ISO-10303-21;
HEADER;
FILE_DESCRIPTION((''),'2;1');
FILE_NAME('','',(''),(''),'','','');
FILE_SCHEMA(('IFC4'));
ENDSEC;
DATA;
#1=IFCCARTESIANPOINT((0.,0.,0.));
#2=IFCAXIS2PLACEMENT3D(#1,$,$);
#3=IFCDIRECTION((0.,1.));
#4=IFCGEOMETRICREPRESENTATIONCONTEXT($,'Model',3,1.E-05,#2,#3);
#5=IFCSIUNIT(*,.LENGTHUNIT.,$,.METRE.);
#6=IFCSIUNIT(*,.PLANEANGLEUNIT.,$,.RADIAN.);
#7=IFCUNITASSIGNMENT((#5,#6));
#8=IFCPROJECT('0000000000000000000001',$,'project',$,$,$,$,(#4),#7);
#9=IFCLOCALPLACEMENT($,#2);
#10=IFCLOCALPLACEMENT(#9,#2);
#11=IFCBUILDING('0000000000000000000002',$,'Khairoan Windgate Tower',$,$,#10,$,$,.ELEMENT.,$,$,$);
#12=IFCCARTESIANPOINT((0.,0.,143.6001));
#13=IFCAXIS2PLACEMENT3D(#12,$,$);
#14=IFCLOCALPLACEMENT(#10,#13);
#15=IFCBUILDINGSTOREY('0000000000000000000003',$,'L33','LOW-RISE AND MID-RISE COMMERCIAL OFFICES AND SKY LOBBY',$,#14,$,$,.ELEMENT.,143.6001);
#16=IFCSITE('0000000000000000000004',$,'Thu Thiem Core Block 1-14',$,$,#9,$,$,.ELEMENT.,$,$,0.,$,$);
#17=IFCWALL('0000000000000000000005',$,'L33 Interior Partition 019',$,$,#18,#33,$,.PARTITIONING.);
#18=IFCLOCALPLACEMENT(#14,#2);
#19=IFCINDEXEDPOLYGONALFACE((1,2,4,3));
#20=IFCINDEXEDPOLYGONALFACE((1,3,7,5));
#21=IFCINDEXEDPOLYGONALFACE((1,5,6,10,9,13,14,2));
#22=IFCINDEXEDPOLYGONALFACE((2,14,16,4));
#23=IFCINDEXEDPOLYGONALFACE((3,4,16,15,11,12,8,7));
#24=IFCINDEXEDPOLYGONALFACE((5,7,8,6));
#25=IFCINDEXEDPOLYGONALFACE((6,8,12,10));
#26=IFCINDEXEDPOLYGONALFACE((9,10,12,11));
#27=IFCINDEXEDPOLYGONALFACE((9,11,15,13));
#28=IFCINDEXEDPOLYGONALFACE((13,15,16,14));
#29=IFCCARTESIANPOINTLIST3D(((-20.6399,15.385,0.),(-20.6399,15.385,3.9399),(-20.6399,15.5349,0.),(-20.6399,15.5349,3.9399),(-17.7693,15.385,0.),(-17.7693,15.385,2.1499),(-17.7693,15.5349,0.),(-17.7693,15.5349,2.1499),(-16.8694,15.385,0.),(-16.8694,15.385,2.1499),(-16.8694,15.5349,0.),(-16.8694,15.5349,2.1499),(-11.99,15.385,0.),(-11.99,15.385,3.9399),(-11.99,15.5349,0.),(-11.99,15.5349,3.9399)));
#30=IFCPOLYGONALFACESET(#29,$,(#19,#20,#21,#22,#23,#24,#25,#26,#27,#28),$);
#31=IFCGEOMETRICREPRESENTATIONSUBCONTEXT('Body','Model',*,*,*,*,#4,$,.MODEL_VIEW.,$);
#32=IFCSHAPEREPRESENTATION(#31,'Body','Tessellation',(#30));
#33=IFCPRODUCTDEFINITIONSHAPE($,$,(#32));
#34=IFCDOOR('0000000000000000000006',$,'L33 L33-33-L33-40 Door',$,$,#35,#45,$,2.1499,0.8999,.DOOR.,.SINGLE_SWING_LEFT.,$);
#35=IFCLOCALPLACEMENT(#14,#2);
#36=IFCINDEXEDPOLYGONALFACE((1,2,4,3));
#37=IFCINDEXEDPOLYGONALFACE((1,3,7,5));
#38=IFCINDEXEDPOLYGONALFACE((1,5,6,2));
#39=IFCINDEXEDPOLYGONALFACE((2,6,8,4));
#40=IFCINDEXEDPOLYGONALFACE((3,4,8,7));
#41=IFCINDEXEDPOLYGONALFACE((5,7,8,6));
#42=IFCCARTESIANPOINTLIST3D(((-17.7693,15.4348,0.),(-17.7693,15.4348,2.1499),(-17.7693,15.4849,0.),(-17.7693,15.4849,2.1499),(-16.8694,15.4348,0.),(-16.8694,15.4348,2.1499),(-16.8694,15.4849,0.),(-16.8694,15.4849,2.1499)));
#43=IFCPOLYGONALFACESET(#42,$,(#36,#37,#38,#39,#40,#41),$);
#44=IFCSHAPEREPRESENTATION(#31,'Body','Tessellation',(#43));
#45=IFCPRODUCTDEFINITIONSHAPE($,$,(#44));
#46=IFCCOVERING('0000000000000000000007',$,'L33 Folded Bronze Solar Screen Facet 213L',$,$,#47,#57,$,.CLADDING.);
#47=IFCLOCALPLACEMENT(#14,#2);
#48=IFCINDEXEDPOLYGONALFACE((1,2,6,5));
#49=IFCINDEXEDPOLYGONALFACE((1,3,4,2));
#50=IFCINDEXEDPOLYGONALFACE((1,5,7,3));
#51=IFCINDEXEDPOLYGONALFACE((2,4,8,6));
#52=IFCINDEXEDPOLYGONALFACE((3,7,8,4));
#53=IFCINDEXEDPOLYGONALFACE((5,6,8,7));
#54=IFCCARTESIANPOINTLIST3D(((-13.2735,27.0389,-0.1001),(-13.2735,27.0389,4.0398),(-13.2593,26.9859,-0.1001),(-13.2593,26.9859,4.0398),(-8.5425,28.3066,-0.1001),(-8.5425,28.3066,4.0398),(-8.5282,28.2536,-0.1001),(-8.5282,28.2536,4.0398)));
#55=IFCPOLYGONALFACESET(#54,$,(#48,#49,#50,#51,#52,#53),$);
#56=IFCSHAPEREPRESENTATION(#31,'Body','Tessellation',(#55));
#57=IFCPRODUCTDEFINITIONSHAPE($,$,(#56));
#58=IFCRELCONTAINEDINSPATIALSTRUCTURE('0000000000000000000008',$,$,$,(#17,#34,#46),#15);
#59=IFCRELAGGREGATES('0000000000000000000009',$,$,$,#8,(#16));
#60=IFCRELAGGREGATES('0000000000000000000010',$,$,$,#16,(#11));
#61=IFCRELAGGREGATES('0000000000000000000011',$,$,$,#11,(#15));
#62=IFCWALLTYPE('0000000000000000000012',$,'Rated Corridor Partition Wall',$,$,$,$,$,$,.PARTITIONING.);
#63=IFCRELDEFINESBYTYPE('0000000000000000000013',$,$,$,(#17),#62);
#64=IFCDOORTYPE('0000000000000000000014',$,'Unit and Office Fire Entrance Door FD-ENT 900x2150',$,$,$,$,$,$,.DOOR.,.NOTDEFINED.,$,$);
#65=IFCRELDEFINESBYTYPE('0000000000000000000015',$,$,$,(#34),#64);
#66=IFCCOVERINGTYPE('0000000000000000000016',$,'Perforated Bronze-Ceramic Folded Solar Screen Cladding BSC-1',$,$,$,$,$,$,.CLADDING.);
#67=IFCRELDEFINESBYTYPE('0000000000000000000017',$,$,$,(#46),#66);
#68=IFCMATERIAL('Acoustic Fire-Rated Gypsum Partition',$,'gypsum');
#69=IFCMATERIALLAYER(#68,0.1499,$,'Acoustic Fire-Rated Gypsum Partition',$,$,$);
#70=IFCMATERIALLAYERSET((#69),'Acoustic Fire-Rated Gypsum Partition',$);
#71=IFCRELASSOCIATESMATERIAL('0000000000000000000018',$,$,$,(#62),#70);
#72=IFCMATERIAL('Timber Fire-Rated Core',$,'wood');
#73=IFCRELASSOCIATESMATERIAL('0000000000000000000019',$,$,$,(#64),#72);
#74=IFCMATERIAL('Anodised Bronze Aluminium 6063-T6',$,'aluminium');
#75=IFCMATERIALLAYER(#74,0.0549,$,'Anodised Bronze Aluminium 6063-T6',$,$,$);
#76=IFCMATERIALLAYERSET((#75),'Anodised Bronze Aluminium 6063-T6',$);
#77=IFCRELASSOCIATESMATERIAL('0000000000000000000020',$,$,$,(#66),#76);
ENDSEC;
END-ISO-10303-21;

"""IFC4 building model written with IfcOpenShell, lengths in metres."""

from ifc_helpers import new_model, si_unit, direction, frame, frame_2d, origin, origin_2d, place, context, subcontext, project, spatial, rectangle, extrude, material, layer, layer_set, type_object, element, fill, save


model = new_model("IFC4")

# Units and contexts
model_context = context("Model", 3, precision=1e-05, world=origin(), true_north=direction((0.0, 1.0)))
body_context = subcontext(model_context, "Body", "Model", "MODEL_VIEW")
ifc_project = project(units=[si_unit("LENGTHUNIT", "METRE"), si_unit("PLANEANGLEUNIT", "RADIAN")], contexts=[model_context])

# Site, building, storey
site_placement = place(None, origin())
site = spatial("IfcSite", under=ifc_project, at=site_placement, Name="Thu Thiem Core Block 1-14", CompositionType="ELEMENT", RefElevation=0.0)
building_placement = place(site_placement, origin())
building = spatial("IfcBuilding", under=site, at=building_placement, Name="Khairoan Windgate Tower", CompositionType="ELEMENT")
storey_placement = place(building_placement, frame((0.0, 0.0, 143.6001)))
storey = spatial("IfcBuildingStorey", under=building, at=storey_placement, Name="L33", Description="LOW-RISE AND MID-RISE COMMERCIAL OFFICES AND SKY LOBBY", CompositionType="ELEMENT", Elevation=143.6001)

# Shared definitions
ifc_material_1 = material(Name="Acoustic Fire-Rated Gypsum Partition", Category="gypsum")
ifc_layer_1 = layer(ifc_material_1, 0.1499, Name="Acoustic Fire-Rated Gypsum Partition")
ifc_layer_set_1 = layer_set([ifc_layer_1], Name="Acoustic Fire-Rated Gypsum Partition")
wall_type_1 = type_object("IfcWallType", Name="Rated Corridor Partition Wall", PredefinedType="PARTITIONING", material=ifc_layer_set_1)

# Wall, opening, door
ifc_material_2 = material(Name="Timber Fire-Rated Core", Category="wood")
door_type_1 = type_object("IfcDoorType", Name="Unit and Office Fire Entrance Door FD-ENT 900x2150", OperationType="NOTDEFINED", PredefinedType="DOOR", material=ifc_material_2)
wall_1_placement = place(storey_placement, frame((-20.6399, 15.46, 0.0), z_axis=(0.0, 0.0, 1.0), x_axis=(1.0, 0.0, 0.0)))
wall_1 = element("IfcWall", 1, at=wall_1_placement, inside=storey, type_object=wall_type_1, Name="L33 Interior Partition 019", PredefinedType="PARTITIONING", context=body_context, shape_type="SweptSolid", body=[
    extrude(rectangle(XDim=8.6499, YDim=0.1499, at=frame_2d((4.325, 0.0))), origin(), (0.0, 0.0, 1.0), 3.9399),
])
opening_1_placement = place(wall_1_placement, frame((2.8706, 0.0, 0.0)))
opening_1 = element("IfcOpeningElement", 2, at=opening_1_placement, cuts=wall_1, PredefinedType="OPENING", context=body_context, shape_type="SweptSolid", body=[
    extrude(rectangle(XDim=0.8999, YDim=2.1499, at=frame_2d((0.45, 1.075))), frame((0.0, 0.085, 0.0), z_axis=(0.0, -1.0, 0.0), x_axis=(1.0, 0.0, 0.0)), (0.0, 0.0, 1.0), 0.1699),
])
door_1_placement = place(opening_1_placement, origin())
door_1 = element("IfcDoor", 3, at=door_1_placement, inside=storey, type_object=door_type_1, Name="L33 L33-33-L33-40 Door", OperationType="SINGLE_SWING_LEFT", OverallHeight=2.1499, OverallWidth=0.8999, PredefinedType="DOOR", context=body_context, shape_type="SweptSolid", body=[
    extrude(rectangle(XDim=0.8999, YDim=2.1499, at=frame_2d((0.45, 1.075))), frame((0.0, 0.0249, 0.0), z_axis=(0.0, -1.0, 0.0), x_axis=(1.0, 0.0, 0.0)), (0.0, 0.0, 1.0), 0.05),
])
fill(opening_1, door_1)

# Covering
ifc_material_3 = material(Name="Anodised Bronze Aluminium 6063-T6", Category="aluminium")
ifc_layer_2 = layer(ifc_material_3, 0.0549, Name="Anodised Bronze Aluminium 6063-T6")
ifc_layer_set_2 = layer_set([ifc_layer_2], Name="Anodised Bronze Aluminium 6063-T6")
covering_type = type_object("IfcCoveringType", Name="Perforated Bronze-Ceramic Folded Solar Screen Cladding BSC-1", PredefinedType="CLADDING", material=ifc_layer_set_2)
covering_placement = place(storey_placement, frame((-10.9009, 27.6462, -0.1001), z_axis=(0.0, 0.0, 1.0), x_axis=(0.965926, 0.258819, 0.0)))
element("IfcCovering", 4, at=covering_placement, inside=storey, type_object=covering_type, Name="L33 Folded Bronze Solar Screen Facet 213L", PredefinedType="CLADDING", context=body_context, shape_type="SweptSolid", body=[
    extrude(rectangle(XDim=4.8979, YDim=0.0549, at=origin_2d()), origin(), (0.0, 0.0, 1.0), 4.1399),
])

save(model, "model.ifc")
